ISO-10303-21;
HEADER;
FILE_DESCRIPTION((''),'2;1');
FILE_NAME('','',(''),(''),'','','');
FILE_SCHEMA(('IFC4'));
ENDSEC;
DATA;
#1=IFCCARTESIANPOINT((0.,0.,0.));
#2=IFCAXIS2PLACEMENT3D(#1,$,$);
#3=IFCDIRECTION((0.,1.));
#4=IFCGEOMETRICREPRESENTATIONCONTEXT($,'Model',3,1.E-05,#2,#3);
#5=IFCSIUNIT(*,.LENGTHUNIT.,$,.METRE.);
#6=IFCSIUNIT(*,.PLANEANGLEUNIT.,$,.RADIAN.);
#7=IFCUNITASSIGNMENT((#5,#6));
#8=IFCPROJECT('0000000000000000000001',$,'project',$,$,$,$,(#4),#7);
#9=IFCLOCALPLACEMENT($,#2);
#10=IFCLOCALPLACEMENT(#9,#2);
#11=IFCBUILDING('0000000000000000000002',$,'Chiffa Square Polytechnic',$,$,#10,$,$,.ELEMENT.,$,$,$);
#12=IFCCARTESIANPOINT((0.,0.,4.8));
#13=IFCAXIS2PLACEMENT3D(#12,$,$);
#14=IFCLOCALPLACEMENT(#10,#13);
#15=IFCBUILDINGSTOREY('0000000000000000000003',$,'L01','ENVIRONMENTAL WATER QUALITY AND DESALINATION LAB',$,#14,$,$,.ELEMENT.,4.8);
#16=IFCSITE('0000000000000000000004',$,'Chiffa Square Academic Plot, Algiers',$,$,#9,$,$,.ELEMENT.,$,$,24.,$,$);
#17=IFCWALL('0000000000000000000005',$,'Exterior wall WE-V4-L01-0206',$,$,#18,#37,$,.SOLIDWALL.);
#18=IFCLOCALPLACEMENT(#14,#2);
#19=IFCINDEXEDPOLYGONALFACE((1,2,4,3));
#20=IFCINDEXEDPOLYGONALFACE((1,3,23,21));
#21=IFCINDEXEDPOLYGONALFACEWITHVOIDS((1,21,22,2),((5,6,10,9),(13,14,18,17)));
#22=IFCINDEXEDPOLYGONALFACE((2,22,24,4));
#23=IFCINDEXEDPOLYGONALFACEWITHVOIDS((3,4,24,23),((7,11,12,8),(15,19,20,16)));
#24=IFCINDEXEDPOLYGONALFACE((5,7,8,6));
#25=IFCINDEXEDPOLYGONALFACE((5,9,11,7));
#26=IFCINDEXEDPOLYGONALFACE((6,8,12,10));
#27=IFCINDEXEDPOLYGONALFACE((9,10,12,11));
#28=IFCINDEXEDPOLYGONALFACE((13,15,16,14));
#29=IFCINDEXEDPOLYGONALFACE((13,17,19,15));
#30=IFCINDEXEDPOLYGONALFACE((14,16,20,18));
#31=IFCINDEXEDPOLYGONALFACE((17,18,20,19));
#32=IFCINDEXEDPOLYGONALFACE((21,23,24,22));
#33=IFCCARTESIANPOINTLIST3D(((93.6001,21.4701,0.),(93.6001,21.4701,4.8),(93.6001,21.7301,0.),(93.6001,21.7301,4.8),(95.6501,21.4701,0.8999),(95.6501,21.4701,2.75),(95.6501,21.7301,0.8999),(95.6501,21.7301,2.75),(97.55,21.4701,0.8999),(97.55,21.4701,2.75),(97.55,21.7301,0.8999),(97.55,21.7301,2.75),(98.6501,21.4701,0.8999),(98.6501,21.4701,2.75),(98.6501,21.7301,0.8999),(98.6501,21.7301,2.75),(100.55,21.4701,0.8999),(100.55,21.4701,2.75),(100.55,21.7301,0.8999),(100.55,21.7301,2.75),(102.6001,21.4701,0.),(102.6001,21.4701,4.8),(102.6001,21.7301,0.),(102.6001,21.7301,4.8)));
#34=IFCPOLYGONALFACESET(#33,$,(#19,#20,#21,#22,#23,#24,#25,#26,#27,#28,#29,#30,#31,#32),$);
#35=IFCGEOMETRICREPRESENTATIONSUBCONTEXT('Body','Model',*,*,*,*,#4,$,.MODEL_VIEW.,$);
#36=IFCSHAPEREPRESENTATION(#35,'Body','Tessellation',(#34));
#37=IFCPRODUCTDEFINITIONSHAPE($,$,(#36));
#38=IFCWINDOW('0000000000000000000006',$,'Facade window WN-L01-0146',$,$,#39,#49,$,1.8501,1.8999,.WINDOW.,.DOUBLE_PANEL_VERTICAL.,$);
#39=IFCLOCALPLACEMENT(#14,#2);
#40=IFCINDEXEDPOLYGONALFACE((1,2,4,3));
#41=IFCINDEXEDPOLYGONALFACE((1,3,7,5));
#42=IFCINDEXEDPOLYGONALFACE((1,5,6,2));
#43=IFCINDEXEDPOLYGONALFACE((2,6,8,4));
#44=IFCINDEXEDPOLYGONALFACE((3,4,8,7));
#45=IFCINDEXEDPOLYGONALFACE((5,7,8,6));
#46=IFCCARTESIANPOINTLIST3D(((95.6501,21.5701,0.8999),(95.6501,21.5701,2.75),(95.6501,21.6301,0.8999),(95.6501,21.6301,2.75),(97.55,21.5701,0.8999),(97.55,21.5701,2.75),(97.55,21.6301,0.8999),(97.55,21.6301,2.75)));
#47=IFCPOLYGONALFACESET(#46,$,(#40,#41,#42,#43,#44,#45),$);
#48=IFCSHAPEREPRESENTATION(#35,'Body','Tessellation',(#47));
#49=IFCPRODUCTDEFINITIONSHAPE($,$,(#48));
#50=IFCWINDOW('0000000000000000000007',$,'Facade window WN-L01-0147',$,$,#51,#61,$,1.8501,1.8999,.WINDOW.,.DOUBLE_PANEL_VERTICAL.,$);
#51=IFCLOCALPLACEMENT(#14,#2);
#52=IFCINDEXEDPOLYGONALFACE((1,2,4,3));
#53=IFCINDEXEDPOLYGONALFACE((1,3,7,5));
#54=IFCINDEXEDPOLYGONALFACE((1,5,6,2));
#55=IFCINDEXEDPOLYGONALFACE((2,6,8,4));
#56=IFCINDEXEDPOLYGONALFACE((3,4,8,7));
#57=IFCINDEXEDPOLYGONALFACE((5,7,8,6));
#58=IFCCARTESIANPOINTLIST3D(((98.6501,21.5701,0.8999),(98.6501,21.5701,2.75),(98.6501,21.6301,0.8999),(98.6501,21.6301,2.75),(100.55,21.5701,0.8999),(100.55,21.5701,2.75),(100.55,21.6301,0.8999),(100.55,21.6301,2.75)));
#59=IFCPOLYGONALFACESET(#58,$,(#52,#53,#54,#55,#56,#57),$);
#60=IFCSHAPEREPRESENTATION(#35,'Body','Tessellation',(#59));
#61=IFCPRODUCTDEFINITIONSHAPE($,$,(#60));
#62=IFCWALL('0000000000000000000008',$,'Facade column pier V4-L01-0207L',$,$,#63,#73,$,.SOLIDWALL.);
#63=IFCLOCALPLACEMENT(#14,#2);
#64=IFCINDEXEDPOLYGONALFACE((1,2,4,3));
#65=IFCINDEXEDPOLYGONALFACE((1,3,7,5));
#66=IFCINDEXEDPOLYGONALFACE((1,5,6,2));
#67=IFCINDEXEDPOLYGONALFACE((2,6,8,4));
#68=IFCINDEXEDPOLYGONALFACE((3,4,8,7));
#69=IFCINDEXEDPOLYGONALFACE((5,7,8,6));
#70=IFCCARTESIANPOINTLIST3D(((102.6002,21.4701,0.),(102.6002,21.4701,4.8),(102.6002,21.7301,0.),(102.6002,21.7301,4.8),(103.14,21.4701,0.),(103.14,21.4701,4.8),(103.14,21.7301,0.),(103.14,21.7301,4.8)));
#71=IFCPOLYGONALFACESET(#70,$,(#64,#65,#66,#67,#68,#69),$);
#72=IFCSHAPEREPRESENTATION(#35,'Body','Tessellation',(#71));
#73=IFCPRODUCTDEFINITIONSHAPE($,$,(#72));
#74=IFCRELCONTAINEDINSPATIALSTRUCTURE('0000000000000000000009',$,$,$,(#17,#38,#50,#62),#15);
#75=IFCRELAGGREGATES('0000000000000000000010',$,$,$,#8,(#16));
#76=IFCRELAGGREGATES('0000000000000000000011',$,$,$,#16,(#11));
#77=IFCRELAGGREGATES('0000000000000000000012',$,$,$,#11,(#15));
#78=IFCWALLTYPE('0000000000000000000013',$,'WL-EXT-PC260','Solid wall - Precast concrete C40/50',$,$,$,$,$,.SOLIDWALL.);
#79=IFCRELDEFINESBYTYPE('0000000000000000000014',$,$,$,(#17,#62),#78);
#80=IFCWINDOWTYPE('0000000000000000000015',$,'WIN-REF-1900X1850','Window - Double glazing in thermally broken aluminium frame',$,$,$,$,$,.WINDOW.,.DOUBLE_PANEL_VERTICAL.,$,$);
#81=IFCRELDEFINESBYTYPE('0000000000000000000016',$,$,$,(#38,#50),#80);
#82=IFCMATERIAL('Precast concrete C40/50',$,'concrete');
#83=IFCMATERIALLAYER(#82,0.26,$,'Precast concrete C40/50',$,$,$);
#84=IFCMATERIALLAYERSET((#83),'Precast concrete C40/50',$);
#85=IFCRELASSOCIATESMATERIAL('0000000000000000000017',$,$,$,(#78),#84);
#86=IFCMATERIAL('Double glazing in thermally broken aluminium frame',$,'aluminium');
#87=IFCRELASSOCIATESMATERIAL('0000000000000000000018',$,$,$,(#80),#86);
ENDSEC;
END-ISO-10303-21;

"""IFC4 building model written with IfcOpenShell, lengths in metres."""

from ifc_helpers import new_model, si_unit, direction, frame, frame_2d, origin, place, context, subcontext, project, spatial, rectangle, extrude, material, layer, layer_set, type_object, element, fill, save


model = new_model("IFC4")

# Units and contexts
model_context = context("Model", 3, precision=1e-05, world=origin(), true_north=direction((0.0, 1.0)))
body_context = subcontext(model_context, "Body", "Model", "MODEL_VIEW")
ifc_project = project(units=[si_unit("LENGTHUNIT", "METRE"), si_unit("PLANEANGLEUNIT", "RADIAN")], contexts=[model_context])

# Site, building, storey
site_placement = place(None, origin())
site = spatial("IfcSite", under=ifc_project, at=site_placement, Name="Chiffa Square Academic Plot, Algiers", CompositionType="ELEMENT", RefElevation=24.0)
building_placement = place(site_placement, origin())
building = spatial("IfcBuilding", under=site, at=building_placement, Name="Chiffa Square Polytechnic", CompositionType="ELEMENT")
storey_placement = place(building_placement, frame((0.0, 0.0, 4.8)))
storey = spatial("IfcBuildingStorey", under=building, at=storey_placement, Name="L01", Description="ENVIRONMENTAL WATER QUALITY AND DESALINATION LAB", CompositionType="ELEMENT", Elevation=4.8)

# Wall, openings, windows
ifc_material_1 = material(Name="Precast concrete C40/50", Category="concrete")
ifc_layer_1 = layer(ifc_material_1, 0.26, Name="Precast concrete C40/50")
ifc_layer_set_1 = layer_set([ifc_layer_1], Name="Precast concrete C40/50")
wall_type = type_object("IfcWallType", Name="WL-EXT-PC260", Description="Solid wall - Precast concrete C40/50", PredefinedType="SOLIDWALL", material=ifc_layer_set_1)
wall_1_placement = place(storey_placement, frame((93.6001, 21.6001, 0.0), z_axis=(0.0, 0.0, 1.0), x_axis=(1.0, 0.0, 0.0)))
wall_1 = element("IfcWall", 1, at=wall_1_placement, inside=storey, type_object=wall_type, Name="Exterior wall WE-V4-L01-0206", PredefinedType="SOLIDWALL", context=body_context, shape_type="SweptSolid", body=[
    extrude(rectangle(XDim=9.0, YDim=0.26, at=frame_2d((4.5, 0.0))), origin(), (0.0, 0.0, 1.0), 4.8),
])
opening_1_placement = place(wall_1_placement, frame((2.05, 0.0, 0.8999)))
opening_1 = element("IfcOpeningElement", 2, at=opening_1_placement, cuts=wall_1, PredefinedType="OPENING", context=body_context, shape_type="SweptSolid", body=[
    extrude(rectangle(XDim=1.8999, YDim=1.8501, at=frame_2d((0.95, 0.925))), frame((0.0, 0.1401, 0.0), z_axis=(0.0, -1.0, 0.0), x_axis=(1.0, 0.0, 0.0)), (0.0, 0.0, 1.0), 0.28),
])
opening_2_placement = place(wall_1_placement, frame((5.05, 0.0, 0.8999)))
opening_2 = element("IfcOpeningElement", 3, at=opening_2_placement, cuts=wall_1, PredefinedType="OPENING", context=body_context, shape_type="SweptSolid", body=[
    extrude(rectangle(XDim=1.8999, YDim=1.8501, at=frame_2d((0.95, 0.925))), frame((0.0, 0.1401, 0.0), z_axis=(0.0, -1.0, 0.0), x_axis=(1.0, 0.0, 0.0)), (0.0, 0.0, 1.0), 0.28),
])
ifc_material_2 = material(Name="Double glazing in thermally broken aluminium frame", Category="aluminium")
window_type = type_object("IfcWindowType", Name="WIN-REF-1900X1850", Description="Window - Double glazing in thermally broken aluminium frame", PartitioningType="DOUBLE_PANEL_VERTICAL", PredefinedType="WINDOW", material=ifc_material_2)
window_1_placement = place(opening_1_placement, origin())
window_1 = element("IfcWindow", 4, at=window_1_placement, inside=storey, type_object=window_type, Name="Facade window WN-L01-0146", OverallHeight=1.8501, OverallWidth=1.8999, PartitioningType="DOUBLE_PANEL_VERTICAL", PredefinedType="WINDOW", context=body_context, shape_type="SweptSolid", body=[
    extrude(rectangle(XDim=1.8999, YDim=1.8501, at=frame_2d((0.95, 0.925))), frame((0.0, 0.03, 0.0), z_axis=(0.0, -1.0, 0.0), x_axis=(1.0, 0.0, 0.0)), (0.0, 0.0, 1.0), 0.0601),
])
fill(opening_1, window_1)
window_2_placement = place(opening_2_placement, origin())
window_2 = element("IfcWindow", 5, at=window_2_placement, inside=storey, type_object=window_type, Name="Facade window WN-L01-0147", OverallHeight=1.8501, OverallWidth=1.8999, PartitioningType="DOUBLE_PANEL_VERTICAL", PredefinedType="WINDOW", context=body_context, shape_type="SweptSolid", body=[
    extrude(rectangle(XDim=1.8999, YDim=1.8501, at=frame_2d((0.95, 0.925))), frame((0.0, 0.03, 0.0), z_axis=(0.0, -1.0, 0.0), x_axis=(1.0, 0.0, 0.0)), (0.0, 0.0, 1.0), 0.0601),
])
fill(opening_2, window_2)

# Wall
wall_2_placement = place(storey_placement, frame((102.6001, 21.6001, 0.0), z_axis=(0.0, 0.0, 1.0), x_axis=(1.0, 0.0, 0.0)))
element("IfcWall", 6, at=wall_2_placement, inside=storey, type_object=wall_type, Name="Facade column pier V4-L01-0207L", PredefinedType="SOLIDWALL", context=body_context, shape_type="SweptSolid", body=[
    extrude(rectangle(XDim=0.5398, YDim=0.26, at=frame_2d((0.27, 0.0))), origin(), (0.0, 0.0, 1.0), 4.8),
])

save(model, "model.ifc")
